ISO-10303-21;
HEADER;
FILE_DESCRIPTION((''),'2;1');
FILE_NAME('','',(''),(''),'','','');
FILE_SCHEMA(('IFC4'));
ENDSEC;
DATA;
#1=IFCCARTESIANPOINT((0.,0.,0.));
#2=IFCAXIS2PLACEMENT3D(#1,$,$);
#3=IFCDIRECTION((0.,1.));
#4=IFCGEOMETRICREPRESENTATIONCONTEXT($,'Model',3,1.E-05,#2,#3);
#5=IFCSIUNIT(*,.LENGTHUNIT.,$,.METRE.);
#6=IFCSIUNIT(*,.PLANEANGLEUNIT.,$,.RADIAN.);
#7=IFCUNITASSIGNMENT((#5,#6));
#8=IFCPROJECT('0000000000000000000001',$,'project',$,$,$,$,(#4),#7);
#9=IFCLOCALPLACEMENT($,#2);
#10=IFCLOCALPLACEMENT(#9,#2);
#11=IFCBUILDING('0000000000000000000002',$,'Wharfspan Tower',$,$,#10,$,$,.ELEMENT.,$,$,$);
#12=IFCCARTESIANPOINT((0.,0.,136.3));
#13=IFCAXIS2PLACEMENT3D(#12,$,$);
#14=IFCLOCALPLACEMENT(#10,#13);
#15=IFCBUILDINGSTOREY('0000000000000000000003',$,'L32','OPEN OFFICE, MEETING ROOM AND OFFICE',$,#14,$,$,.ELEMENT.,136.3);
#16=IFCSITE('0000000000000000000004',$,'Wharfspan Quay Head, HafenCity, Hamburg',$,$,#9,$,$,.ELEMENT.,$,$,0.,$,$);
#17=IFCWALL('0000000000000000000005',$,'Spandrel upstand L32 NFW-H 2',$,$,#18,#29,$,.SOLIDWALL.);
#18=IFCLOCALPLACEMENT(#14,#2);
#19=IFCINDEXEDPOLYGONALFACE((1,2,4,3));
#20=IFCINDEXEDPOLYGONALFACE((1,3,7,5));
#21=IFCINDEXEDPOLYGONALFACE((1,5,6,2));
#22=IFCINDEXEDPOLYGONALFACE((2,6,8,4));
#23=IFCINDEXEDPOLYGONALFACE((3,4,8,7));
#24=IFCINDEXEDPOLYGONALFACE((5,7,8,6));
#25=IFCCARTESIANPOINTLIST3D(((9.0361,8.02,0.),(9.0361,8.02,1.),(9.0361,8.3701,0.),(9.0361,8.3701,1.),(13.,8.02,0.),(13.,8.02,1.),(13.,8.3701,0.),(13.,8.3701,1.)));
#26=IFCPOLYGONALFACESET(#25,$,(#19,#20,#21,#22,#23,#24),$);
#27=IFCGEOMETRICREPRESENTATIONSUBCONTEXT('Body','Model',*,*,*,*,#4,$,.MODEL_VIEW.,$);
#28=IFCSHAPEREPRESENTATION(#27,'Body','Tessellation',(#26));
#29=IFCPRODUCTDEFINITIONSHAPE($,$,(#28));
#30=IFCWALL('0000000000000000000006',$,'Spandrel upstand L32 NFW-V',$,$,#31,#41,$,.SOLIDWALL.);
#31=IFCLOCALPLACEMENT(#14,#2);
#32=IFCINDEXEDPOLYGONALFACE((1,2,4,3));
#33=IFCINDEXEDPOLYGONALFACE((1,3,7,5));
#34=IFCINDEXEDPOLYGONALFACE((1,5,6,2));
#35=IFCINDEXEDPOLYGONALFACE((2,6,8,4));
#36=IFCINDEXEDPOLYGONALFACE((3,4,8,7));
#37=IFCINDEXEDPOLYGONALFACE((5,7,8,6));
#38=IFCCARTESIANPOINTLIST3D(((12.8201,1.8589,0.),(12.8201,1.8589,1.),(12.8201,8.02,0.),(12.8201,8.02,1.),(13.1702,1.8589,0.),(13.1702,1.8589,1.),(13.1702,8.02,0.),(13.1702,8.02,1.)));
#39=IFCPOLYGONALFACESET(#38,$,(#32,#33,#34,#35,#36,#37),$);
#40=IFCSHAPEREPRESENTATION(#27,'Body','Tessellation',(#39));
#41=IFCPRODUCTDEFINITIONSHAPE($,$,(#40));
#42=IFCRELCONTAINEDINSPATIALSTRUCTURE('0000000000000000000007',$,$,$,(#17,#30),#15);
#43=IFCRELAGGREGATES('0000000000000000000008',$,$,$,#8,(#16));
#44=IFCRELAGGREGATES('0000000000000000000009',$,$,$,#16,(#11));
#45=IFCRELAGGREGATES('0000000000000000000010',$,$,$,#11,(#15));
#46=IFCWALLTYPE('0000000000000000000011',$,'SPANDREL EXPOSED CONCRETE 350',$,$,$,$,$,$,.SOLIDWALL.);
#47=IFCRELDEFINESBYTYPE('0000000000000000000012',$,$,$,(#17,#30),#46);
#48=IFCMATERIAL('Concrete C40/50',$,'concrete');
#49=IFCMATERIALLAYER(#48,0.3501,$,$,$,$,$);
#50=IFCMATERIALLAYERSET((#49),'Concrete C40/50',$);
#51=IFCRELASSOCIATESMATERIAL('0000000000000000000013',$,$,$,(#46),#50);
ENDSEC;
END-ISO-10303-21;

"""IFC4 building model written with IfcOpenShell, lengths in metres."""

from ifc_helpers import new_model, si_unit, direction, frame, frame_2d, origin, place, context, subcontext, project, spatial, rectangle, extrude, material, layer, layer_set, type_object, element, save


model = new_model("IFC4")

# Units and contexts
model_context = context("Model", 3, precision=1e-05, world=origin(), true_north=direction((0.0, 1.0)))
body_context = subcontext(model_context, "Body", "Model", "MODEL_VIEW")
ifc_project = project(units=[si_unit("LENGTHUNIT", "METRE"), si_unit("PLANEANGLEUNIT", "RADIAN")], contexts=[model_context])

# Site, building, storey
site_placement = place(None, origin())
site = spatial("IfcSite", under=ifc_project, at=site_placement, Name="Wharfspan Quay Head, HafenCity, Hamburg", CompositionType="ELEMENT", RefElevation=0.0)
building_placement = place(site_placement, origin())
building = spatial("IfcBuilding", under=site, at=building_placement, Name="Wharfspan Tower", CompositionType="ELEMENT")
storey_placement = place(building_placement, frame((0.0, 0.0, 136.3)))
storey = spatial("IfcBuildingStorey", under=building, at=storey_placement, Name="L32", Description="OPEN OFFICE, MEETING ROOM AND OFFICE", CompositionType="ELEMENT", Elevation=136.3)

# Shared definitions
ifc_material_1 = material(Name="Concrete C40/50", Category="concrete")

# Walls
ifc_layer_1 = layer(ifc_material_1, 0.3501)
ifc_layer_set_1 = layer_set([ifc_layer_1], Name="Concrete C40/50")
wall_type_1 = type_object("IfcWallType", Name="SPANDREL EXPOSED CONCRETE 350", PredefinedType="SOLIDWALL", material=ifc_layer_set_1)
wall_1_placement = place(storey_placement, frame((9.0361, 8.1951, 0.0), z_axis=(0.0, 0.0, 1.0), x_axis=(1.0, 0.0, 0.0)))
element("IfcWall", 1, at=wall_1_placement, inside=storey, type_object=wall_type_1, Name="Spandrel upstand L32 NFW-H 2", PredefinedType="SOLIDWALL", context=body_context, shape_type="SweptSolid", body=[
    extrude(rectangle(XDim=3.9639, YDim=0.3501, at=frame_2d((1.9819, 0.0))), origin(), (0.0, 0.0, 1.0), 1.0),
])
wall_2_placement = place(storey_placement, frame((12.9951, 8.02, 0.0), z_axis=(0.0, 0.0, 1.0), x_axis=(0.0, -1.0, 0.0)))
element("IfcWall", 2, at=wall_2_placement, inside=storey, type_object=wall_type_1, Name="Spandrel upstand L32 NFW-V", PredefinedType="SOLIDWALL", context=body_context, shape_type="SweptSolid", body=[
    extrude(rectangle(XDim=6.1611, YDim=0.3501, at=frame_2d((3.0806, 0.0))), origin(), (0.0, 0.0, 1.0), 1.0),
])

save(model, "model.ifc")
